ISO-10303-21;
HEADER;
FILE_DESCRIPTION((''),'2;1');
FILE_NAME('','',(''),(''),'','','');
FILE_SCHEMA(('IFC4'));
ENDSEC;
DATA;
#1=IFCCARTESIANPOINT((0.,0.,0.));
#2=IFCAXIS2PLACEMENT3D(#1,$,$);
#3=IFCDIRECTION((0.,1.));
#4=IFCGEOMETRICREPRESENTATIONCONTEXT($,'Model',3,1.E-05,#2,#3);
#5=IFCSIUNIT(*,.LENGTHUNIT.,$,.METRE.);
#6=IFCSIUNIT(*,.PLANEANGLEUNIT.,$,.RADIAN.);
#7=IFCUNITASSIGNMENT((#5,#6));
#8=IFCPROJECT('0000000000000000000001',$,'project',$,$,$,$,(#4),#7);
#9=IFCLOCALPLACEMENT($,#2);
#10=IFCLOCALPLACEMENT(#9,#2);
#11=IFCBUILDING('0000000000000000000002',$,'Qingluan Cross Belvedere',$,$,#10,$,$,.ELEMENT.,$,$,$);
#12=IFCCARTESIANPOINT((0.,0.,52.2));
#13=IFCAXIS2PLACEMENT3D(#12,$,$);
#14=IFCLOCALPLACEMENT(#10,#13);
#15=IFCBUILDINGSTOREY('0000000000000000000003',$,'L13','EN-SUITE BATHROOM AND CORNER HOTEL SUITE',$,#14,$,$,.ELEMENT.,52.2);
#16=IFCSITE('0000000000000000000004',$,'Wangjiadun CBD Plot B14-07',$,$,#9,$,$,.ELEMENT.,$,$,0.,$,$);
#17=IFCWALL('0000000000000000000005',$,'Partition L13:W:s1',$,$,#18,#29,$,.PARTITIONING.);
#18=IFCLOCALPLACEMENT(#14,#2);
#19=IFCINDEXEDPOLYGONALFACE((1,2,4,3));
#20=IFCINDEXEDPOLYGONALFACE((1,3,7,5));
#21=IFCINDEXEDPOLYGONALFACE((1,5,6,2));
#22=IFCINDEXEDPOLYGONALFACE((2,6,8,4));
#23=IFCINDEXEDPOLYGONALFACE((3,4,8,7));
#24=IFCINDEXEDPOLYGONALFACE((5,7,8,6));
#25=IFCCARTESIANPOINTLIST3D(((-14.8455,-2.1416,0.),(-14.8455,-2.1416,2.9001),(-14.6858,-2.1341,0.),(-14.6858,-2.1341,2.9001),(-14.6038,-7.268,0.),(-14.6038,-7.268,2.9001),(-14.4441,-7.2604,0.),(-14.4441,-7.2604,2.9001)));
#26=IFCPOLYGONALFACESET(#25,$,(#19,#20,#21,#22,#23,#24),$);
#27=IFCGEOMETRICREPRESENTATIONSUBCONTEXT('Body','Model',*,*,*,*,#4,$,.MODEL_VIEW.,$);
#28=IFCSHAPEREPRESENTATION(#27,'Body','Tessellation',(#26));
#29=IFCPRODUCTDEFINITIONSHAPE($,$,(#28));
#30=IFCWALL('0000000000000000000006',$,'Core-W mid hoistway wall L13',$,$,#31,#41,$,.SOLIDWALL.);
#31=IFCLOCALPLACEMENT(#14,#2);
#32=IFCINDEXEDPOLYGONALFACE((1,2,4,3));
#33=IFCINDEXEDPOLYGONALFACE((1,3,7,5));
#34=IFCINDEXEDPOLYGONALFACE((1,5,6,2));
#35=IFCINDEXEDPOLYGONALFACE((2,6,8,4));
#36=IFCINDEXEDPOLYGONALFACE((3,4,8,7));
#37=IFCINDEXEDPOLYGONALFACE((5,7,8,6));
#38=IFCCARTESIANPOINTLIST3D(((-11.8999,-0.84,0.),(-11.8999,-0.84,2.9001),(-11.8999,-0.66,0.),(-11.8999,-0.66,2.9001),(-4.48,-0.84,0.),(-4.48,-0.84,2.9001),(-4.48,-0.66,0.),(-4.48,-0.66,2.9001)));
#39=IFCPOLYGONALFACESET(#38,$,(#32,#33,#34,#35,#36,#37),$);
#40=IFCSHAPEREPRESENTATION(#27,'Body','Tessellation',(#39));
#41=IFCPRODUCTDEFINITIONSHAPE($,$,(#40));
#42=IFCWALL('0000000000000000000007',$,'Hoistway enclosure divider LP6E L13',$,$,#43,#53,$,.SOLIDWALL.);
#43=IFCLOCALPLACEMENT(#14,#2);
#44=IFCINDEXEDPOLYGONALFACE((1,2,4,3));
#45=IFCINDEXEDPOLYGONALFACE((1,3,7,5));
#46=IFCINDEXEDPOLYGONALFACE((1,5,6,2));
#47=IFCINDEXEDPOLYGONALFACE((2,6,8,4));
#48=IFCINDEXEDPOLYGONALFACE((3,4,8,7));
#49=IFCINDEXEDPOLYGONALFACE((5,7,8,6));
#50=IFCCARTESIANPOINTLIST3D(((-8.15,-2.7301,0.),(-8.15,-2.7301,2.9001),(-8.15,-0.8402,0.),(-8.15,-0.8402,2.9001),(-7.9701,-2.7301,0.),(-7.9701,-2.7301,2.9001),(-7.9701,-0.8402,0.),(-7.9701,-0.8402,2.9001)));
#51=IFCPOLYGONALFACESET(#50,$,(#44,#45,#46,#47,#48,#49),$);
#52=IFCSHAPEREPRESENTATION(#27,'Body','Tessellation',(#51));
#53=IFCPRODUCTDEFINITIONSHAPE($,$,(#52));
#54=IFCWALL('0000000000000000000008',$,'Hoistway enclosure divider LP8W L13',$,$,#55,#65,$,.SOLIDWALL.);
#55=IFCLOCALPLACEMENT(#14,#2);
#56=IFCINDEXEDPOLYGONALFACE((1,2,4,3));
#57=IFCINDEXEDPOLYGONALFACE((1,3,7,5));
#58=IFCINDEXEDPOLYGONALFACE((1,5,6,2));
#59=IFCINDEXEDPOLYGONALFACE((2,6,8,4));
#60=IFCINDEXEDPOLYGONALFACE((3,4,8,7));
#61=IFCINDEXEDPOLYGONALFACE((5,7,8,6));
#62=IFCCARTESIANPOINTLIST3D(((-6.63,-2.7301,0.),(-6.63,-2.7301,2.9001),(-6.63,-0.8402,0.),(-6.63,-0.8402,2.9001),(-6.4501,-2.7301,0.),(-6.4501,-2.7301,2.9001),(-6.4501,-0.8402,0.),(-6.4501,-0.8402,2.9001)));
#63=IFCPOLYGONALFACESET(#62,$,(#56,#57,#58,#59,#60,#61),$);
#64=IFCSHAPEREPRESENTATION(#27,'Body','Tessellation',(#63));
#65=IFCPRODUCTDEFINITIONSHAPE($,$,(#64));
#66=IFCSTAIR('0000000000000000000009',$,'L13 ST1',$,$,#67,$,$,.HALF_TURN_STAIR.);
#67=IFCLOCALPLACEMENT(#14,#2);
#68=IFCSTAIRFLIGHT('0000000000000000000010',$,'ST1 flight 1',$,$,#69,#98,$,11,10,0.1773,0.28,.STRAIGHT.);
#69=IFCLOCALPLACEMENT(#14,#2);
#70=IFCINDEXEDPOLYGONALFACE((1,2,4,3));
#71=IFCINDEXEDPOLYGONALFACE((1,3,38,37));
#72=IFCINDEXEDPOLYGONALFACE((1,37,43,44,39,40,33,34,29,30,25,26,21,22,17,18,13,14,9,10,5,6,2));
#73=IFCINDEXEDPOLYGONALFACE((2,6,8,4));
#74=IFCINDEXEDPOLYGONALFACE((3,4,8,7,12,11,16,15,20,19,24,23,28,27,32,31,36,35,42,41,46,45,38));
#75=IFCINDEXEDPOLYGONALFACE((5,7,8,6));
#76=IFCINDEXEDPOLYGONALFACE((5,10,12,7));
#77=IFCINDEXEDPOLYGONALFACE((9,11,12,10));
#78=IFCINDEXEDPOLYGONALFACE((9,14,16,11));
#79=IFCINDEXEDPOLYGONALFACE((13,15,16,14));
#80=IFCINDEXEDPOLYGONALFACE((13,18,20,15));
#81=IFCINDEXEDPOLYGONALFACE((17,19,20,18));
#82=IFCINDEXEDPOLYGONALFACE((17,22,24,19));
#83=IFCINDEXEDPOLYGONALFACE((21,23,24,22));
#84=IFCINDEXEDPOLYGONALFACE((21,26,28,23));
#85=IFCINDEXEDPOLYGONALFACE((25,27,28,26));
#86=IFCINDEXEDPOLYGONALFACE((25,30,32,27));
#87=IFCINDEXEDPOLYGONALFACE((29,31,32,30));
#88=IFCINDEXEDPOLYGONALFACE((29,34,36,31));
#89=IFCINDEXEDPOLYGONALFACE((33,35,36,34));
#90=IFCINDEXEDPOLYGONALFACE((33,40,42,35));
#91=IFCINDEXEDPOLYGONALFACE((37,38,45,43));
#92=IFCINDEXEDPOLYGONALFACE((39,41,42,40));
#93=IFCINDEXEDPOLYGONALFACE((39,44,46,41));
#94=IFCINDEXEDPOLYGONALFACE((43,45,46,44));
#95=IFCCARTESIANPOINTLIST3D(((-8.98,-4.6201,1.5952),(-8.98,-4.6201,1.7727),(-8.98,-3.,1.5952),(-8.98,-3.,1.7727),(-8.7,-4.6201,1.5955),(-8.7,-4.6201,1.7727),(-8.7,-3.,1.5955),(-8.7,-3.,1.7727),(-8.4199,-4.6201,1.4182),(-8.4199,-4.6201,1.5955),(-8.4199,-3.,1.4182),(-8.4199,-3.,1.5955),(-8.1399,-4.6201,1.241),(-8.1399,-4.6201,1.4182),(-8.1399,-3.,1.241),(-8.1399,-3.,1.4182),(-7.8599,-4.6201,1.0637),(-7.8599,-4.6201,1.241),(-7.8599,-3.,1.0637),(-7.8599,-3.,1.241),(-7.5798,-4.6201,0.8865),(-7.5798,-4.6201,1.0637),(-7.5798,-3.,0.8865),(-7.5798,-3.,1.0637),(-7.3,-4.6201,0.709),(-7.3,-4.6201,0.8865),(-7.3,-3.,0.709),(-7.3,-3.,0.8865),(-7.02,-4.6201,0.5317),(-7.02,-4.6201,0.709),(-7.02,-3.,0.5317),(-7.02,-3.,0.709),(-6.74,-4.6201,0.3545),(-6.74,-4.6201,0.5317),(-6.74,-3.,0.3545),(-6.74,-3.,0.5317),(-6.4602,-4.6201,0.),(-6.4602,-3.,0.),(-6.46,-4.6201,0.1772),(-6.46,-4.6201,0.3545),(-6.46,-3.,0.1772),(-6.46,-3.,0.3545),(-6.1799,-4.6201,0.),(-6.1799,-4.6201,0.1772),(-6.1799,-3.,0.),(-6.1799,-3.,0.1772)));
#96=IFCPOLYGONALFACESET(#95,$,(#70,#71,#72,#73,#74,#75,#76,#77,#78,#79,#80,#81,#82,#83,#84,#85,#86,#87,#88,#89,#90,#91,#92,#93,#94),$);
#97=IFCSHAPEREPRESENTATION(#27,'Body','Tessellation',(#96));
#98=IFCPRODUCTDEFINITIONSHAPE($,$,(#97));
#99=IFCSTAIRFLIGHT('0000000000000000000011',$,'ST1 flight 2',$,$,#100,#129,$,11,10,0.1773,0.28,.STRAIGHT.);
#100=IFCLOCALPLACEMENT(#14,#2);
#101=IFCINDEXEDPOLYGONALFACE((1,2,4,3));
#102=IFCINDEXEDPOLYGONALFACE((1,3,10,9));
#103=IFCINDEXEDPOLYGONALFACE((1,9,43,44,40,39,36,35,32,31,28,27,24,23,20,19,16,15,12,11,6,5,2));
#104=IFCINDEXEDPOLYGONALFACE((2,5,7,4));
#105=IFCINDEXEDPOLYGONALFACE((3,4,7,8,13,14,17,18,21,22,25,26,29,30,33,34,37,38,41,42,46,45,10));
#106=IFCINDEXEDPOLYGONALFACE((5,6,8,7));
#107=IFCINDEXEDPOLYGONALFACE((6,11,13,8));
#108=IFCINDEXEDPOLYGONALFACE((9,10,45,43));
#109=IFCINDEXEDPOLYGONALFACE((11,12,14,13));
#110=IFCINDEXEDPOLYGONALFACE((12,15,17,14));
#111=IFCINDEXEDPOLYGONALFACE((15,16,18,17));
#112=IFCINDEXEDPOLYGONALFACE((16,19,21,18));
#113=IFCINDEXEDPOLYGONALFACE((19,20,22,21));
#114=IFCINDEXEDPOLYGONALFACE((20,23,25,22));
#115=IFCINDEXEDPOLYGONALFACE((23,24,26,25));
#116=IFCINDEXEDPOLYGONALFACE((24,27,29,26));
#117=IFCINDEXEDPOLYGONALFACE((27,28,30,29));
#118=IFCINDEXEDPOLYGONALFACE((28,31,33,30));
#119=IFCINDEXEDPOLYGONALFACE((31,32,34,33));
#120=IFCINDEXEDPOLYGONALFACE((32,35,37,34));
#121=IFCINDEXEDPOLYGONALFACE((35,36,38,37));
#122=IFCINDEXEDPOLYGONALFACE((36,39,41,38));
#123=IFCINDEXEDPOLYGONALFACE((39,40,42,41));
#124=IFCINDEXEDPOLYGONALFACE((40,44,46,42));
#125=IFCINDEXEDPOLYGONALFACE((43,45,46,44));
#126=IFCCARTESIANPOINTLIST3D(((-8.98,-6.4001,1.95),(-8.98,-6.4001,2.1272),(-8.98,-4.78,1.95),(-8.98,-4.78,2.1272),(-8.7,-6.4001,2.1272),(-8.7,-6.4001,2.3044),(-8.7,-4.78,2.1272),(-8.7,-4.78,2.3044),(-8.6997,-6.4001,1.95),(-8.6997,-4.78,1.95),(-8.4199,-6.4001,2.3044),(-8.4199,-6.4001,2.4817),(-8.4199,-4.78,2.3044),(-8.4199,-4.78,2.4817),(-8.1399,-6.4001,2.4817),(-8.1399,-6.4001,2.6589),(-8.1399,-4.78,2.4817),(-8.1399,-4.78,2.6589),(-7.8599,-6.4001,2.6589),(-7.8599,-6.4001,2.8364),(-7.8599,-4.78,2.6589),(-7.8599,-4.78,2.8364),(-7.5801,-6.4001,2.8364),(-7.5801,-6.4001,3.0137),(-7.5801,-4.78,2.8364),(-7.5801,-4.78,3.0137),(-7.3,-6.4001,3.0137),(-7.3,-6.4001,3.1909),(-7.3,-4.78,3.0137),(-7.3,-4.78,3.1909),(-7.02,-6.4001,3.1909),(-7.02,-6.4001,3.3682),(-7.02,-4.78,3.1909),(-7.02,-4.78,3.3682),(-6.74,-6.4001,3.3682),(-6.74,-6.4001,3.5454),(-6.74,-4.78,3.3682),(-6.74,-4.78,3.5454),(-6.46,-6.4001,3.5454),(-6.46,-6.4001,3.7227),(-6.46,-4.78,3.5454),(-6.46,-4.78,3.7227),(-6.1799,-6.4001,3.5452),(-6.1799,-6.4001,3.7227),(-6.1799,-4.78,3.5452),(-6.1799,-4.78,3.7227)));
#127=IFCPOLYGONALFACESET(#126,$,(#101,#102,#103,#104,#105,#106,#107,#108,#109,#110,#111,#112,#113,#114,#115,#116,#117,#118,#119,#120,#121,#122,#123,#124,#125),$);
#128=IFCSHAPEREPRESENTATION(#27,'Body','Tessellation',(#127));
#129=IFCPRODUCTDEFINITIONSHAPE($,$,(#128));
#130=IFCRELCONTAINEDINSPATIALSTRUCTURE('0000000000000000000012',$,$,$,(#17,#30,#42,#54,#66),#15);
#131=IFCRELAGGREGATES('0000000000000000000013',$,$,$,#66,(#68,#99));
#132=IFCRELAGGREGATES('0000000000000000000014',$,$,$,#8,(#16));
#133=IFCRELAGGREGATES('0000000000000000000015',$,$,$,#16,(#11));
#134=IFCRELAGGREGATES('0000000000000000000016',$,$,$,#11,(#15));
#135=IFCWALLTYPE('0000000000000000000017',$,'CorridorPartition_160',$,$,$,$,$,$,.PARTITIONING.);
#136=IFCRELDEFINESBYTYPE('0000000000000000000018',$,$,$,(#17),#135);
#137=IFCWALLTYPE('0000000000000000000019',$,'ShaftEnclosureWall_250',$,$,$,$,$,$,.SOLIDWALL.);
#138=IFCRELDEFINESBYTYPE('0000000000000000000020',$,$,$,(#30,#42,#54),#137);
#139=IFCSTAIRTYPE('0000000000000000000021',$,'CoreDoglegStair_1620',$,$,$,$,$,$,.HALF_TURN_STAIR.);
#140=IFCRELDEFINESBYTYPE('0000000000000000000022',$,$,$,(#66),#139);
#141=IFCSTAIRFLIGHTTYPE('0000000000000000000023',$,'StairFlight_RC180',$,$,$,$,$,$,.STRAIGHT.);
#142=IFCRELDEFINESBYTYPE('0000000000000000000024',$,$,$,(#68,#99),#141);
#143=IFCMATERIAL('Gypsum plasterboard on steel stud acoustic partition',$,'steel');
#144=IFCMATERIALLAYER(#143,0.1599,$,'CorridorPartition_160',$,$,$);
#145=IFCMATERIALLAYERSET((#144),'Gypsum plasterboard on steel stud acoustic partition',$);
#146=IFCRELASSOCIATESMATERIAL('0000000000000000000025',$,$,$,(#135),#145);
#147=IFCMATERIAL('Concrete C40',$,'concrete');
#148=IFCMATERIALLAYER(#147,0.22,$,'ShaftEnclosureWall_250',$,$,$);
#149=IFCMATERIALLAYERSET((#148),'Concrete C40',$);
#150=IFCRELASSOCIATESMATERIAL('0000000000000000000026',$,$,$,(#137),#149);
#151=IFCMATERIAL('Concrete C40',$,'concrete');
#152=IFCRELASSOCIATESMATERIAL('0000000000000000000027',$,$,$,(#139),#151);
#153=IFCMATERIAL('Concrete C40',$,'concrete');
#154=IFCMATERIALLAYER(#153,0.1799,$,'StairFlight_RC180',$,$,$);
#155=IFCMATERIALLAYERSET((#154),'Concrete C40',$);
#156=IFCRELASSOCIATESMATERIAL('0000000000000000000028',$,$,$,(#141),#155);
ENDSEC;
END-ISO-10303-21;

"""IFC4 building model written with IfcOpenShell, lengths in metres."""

from ifc_helpers import new_model, si_unit, direction, frame, frame_2d, origin, place, context, subcontext, project, spatial, polyline, rectangle, outline, extrude, material, layer, layer_set, type_object, element, aggregate, save


model = new_model("IFC4")

# Units and contexts
model_context = context("Model", 3, precision=1e-05, world=origin(), true_north=direction((0.0, 1.0)))
body_context = subcontext(model_context, "Body", "Model", "MODEL_VIEW")
ifc_project = project(units=[si_unit("LENGTHUNIT", "METRE"), si_unit("PLANEANGLEUNIT", "RADIAN")], contexts=[model_context])

# Site, building, storey
site_placement = place(None, origin())
site = spatial("IfcSite", under=ifc_project, at=site_placement, Name="Wangjiadun CBD Plot B14-07", CompositionType="ELEMENT", RefElevation=0.0)
building_placement = place(site_placement, origin())
building = spatial("IfcBuilding", under=site, at=building_placement, Name="Qingluan Cross Belvedere", CompositionType="ELEMENT")
storey_placement = place(building_placement, frame((0.0, 0.0, 52.2)))
storey = spatial("IfcBuildingStorey", under=building, at=storey_placement, Name="L13", Description="EN-SUITE BATHROOM AND CORNER HOTEL SUITE", CompositionType="ELEMENT", Elevation=52.2)

# Walls
ifc_material_1 = material(Name="Gypsum plasterboard on steel stud acoustic partition", Category="steel")
ifc_layer_1 = layer(ifc_material_1, 0.1599, Name="CorridorPartition_160")
ifc_layer_set_1 = layer_set([ifc_layer_1], Name="Gypsum plasterboard on steel stud acoustic partition")
wall_type_1 = type_object("IfcWallType", Name="CorridorPartition_160", PredefinedType="PARTITIONING", material=ifc_layer_set_1)
wall_1_placement = place(storey_placement, frame((-14.7656, -2.1379, 0.0), z_axis=(0.0, 0.0, 1.0), x_axis=(0.047095, -0.99889, 0.0)))
element("IfcWall", 1, at=wall_1_placement, inside=storey, type_object=wall_type_1, Name="Partition L13:W:s1", PredefinedType="PARTITIONING", context=body_context, shape_type="SweptSolid", body=[
    extrude(rectangle(XDim=5.1321, YDim=0.1599, at=frame_2d((2.5659, 0.0))), origin(), (0.0, 0.0, 1.0), 2.9001),
])
ifc_material_2 = material(Name="Concrete C40", Category="concrete")
ifc_layer_2 = layer(ifc_material_2, 0.22, Name="ShaftEnclosureWall_250")
ifc_layer_set_2 = layer_set([ifc_layer_2], Name="Concrete C40")
wall_type_2 = type_object("IfcWallType", Name="ShaftEnclosureWall_250", PredefinedType="SOLIDWALL", material=ifc_layer_set_2)
wall_2_placement = place(storey_placement, frame((-11.8999, -0.75, 0.0), z_axis=(0.0, 0.0, 1.0), x_axis=(1.0, 0.0, 0.0)))
element("IfcWall", 2, at=wall_2_placement, inside=storey, type_object=wall_type_2, Name="Core-W mid hoistway wall L13", PredefinedType="SOLIDWALL", context=body_context, shape_type="SweptSolid", body=[
    extrude(rectangle(XDim=7.4199, YDim=0.1799, at=frame_2d((3.71, 0.0))), origin(), (0.0, 0.0, 1.0), 2.9001),
])
for number, where, z_axis, x_axis, name in (
    (3, (-8.0601, -2.73, 0.0), (0.0, 0.0, 1.0), (0.0, 1.0, 0.0), "Hoistway enclosure divider LP6E L13"),
    (4, (-6.54, -2.73, 0.0), (0.0, 0.0, 1.0), (0.0, 1.0, 0.0), "Hoistway enclosure divider LP8W L13"),
):
    element("IfcWall", number, at=place(storey_placement, frame(where, z_axis=z_axis, x_axis=x_axis)), inside=storey, type_object=wall_type_2, Name=name, PredefinedType="SOLIDWALL", context=body_context, shape_type="SweptSolid", body=[
        extrude(rectangle(XDim=1.8899, YDim=0.1799, at=frame_2d((0.9448, 0.0))), origin(), (0.0, 0.0, 1.0), 2.9001),
    ])

# Stair, stair flights
ifc_material_3 = material(Name="Concrete C40", Category="concrete")
stair_type = type_object("IfcStairType", Name="CoreDoglegStair_1620", PredefinedType="HALF_TURN_STAIR", material=ifc_material_3)
stair_placement = place(storey_placement, origin())
stair = element("IfcStair", 5, at=stair_placement, inside=storey, type_object=stair_type, Name="L13 ST1", PredefinedType="HALF_TURN_STAIR")
ifc_material_4 = material(Name="Concrete C40", Category="concrete")
ifc_layer_3 = layer(ifc_material_4, 0.1799, Name="StairFlight_RC180")
ifc_layer_set_3 = layer_set([ifc_layer_3], Name="Concrete C40")
stair_flight_type = type_object("IfcStairFlightType", Name="StairFlight_RC180", PredefinedType="STRAIGHT", material=ifc_layer_set_3)
stair_flight_1_placement = place(storey_placement, frame((-6.1799, -3.8101, 0.0), z_axis=(0.0, 0.0, 1.0), x_axis=(-1.0, 0.0, 0.0)))
stair_flight_1 = element("IfcStairFlight", 6, at=stair_flight_1_placement, type_object=stair_flight_type, Name="ST1 flight 1", NumberOfRisers=11, NumberOfTreads=10, PredefinedType="STRAIGHT", RiserHeight=0.1773, TreadLength=0.28, context=body_context, shape_type="SweptSolid", body=[
    extrude(outline(polyline([(0.0, 0.0), (0.0, 0.1772), (0.28, 0.1772), (0.28, 0.3545), (0.5601, 0.3545), (0.5601, 0.5317), (0.8401, 0.5317), (0.8401, 0.709), (1.1201, 0.709), (1.1201, 0.8865), (1.3999, 0.8865), (1.3999, 1.0637), (1.6799, 1.0637), (1.6799, 1.241), (1.96, 1.241), (1.96, 1.4182), (2.24, 1.4182), (2.24, 1.5955), (2.52, 1.5955), (2.52, 1.7727), (2.8, 1.7727), (2.8, 1.95), (2.8, 1.5952), (0.2803, 0.0), (0.0, 0.0)])), frame((0.0, 0.8101, 0.0), z_axis=(0.0, -1.0, 0.0), x_axis=(1.0, 0.0, 0.0)), (0.0, 0.0, 1.0), 1.6201),
])
stair_flight_2_placement = place(storey_placement, frame((-8.98, -5.5901, 1.95), z_axis=(0.0, 0.0, 1.0), x_axis=(1.0, 0.0, 0.0)))
stair_flight_2 = element("IfcStairFlight", 7, at=stair_flight_2_placement, type_object=stair_flight_type, Name="ST1 flight 2", NumberOfRisers=11, NumberOfTreads=10, PredefinedType="STRAIGHT", RiserHeight=0.1773, TreadLength=0.28, context=body_context, shape_type="SweptSolid", body=[
    extrude(outline(polyline([(0.0, 0.0), (0.0, 0.1772), (0.28, 0.1772), (0.28, 0.3545), (0.5601, 0.3545), (0.5601, 0.5317), (0.8401, 0.5317), (0.8401, 0.709), (1.1201, 0.709), (1.1201, 0.8865), (1.3999, 0.8865), (1.3999, 1.0637), (1.6799, 1.0637), (1.6799, 1.241), (1.96, 1.241), (1.96, 1.4182), (2.24, 1.4182), (2.24, 1.5955), (2.52, 1.5955), (2.52, 1.7727), (2.8, 1.7727), (2.8, 1.95), (2.8, 1.5952), (0.2803, 0.0), (0.0, 0.0)])), frame((0.0, 0.8101, 0.0), z_axis=(0.0, -1.0, 0.0), x_axis=(1.0, 0.0, 0.0)), (0.0, 0.0, 1.0), 1.6201),
])
aggregate(stair, [stair_flight_1, stair_flight_2])

save(model, "model.ifc")
